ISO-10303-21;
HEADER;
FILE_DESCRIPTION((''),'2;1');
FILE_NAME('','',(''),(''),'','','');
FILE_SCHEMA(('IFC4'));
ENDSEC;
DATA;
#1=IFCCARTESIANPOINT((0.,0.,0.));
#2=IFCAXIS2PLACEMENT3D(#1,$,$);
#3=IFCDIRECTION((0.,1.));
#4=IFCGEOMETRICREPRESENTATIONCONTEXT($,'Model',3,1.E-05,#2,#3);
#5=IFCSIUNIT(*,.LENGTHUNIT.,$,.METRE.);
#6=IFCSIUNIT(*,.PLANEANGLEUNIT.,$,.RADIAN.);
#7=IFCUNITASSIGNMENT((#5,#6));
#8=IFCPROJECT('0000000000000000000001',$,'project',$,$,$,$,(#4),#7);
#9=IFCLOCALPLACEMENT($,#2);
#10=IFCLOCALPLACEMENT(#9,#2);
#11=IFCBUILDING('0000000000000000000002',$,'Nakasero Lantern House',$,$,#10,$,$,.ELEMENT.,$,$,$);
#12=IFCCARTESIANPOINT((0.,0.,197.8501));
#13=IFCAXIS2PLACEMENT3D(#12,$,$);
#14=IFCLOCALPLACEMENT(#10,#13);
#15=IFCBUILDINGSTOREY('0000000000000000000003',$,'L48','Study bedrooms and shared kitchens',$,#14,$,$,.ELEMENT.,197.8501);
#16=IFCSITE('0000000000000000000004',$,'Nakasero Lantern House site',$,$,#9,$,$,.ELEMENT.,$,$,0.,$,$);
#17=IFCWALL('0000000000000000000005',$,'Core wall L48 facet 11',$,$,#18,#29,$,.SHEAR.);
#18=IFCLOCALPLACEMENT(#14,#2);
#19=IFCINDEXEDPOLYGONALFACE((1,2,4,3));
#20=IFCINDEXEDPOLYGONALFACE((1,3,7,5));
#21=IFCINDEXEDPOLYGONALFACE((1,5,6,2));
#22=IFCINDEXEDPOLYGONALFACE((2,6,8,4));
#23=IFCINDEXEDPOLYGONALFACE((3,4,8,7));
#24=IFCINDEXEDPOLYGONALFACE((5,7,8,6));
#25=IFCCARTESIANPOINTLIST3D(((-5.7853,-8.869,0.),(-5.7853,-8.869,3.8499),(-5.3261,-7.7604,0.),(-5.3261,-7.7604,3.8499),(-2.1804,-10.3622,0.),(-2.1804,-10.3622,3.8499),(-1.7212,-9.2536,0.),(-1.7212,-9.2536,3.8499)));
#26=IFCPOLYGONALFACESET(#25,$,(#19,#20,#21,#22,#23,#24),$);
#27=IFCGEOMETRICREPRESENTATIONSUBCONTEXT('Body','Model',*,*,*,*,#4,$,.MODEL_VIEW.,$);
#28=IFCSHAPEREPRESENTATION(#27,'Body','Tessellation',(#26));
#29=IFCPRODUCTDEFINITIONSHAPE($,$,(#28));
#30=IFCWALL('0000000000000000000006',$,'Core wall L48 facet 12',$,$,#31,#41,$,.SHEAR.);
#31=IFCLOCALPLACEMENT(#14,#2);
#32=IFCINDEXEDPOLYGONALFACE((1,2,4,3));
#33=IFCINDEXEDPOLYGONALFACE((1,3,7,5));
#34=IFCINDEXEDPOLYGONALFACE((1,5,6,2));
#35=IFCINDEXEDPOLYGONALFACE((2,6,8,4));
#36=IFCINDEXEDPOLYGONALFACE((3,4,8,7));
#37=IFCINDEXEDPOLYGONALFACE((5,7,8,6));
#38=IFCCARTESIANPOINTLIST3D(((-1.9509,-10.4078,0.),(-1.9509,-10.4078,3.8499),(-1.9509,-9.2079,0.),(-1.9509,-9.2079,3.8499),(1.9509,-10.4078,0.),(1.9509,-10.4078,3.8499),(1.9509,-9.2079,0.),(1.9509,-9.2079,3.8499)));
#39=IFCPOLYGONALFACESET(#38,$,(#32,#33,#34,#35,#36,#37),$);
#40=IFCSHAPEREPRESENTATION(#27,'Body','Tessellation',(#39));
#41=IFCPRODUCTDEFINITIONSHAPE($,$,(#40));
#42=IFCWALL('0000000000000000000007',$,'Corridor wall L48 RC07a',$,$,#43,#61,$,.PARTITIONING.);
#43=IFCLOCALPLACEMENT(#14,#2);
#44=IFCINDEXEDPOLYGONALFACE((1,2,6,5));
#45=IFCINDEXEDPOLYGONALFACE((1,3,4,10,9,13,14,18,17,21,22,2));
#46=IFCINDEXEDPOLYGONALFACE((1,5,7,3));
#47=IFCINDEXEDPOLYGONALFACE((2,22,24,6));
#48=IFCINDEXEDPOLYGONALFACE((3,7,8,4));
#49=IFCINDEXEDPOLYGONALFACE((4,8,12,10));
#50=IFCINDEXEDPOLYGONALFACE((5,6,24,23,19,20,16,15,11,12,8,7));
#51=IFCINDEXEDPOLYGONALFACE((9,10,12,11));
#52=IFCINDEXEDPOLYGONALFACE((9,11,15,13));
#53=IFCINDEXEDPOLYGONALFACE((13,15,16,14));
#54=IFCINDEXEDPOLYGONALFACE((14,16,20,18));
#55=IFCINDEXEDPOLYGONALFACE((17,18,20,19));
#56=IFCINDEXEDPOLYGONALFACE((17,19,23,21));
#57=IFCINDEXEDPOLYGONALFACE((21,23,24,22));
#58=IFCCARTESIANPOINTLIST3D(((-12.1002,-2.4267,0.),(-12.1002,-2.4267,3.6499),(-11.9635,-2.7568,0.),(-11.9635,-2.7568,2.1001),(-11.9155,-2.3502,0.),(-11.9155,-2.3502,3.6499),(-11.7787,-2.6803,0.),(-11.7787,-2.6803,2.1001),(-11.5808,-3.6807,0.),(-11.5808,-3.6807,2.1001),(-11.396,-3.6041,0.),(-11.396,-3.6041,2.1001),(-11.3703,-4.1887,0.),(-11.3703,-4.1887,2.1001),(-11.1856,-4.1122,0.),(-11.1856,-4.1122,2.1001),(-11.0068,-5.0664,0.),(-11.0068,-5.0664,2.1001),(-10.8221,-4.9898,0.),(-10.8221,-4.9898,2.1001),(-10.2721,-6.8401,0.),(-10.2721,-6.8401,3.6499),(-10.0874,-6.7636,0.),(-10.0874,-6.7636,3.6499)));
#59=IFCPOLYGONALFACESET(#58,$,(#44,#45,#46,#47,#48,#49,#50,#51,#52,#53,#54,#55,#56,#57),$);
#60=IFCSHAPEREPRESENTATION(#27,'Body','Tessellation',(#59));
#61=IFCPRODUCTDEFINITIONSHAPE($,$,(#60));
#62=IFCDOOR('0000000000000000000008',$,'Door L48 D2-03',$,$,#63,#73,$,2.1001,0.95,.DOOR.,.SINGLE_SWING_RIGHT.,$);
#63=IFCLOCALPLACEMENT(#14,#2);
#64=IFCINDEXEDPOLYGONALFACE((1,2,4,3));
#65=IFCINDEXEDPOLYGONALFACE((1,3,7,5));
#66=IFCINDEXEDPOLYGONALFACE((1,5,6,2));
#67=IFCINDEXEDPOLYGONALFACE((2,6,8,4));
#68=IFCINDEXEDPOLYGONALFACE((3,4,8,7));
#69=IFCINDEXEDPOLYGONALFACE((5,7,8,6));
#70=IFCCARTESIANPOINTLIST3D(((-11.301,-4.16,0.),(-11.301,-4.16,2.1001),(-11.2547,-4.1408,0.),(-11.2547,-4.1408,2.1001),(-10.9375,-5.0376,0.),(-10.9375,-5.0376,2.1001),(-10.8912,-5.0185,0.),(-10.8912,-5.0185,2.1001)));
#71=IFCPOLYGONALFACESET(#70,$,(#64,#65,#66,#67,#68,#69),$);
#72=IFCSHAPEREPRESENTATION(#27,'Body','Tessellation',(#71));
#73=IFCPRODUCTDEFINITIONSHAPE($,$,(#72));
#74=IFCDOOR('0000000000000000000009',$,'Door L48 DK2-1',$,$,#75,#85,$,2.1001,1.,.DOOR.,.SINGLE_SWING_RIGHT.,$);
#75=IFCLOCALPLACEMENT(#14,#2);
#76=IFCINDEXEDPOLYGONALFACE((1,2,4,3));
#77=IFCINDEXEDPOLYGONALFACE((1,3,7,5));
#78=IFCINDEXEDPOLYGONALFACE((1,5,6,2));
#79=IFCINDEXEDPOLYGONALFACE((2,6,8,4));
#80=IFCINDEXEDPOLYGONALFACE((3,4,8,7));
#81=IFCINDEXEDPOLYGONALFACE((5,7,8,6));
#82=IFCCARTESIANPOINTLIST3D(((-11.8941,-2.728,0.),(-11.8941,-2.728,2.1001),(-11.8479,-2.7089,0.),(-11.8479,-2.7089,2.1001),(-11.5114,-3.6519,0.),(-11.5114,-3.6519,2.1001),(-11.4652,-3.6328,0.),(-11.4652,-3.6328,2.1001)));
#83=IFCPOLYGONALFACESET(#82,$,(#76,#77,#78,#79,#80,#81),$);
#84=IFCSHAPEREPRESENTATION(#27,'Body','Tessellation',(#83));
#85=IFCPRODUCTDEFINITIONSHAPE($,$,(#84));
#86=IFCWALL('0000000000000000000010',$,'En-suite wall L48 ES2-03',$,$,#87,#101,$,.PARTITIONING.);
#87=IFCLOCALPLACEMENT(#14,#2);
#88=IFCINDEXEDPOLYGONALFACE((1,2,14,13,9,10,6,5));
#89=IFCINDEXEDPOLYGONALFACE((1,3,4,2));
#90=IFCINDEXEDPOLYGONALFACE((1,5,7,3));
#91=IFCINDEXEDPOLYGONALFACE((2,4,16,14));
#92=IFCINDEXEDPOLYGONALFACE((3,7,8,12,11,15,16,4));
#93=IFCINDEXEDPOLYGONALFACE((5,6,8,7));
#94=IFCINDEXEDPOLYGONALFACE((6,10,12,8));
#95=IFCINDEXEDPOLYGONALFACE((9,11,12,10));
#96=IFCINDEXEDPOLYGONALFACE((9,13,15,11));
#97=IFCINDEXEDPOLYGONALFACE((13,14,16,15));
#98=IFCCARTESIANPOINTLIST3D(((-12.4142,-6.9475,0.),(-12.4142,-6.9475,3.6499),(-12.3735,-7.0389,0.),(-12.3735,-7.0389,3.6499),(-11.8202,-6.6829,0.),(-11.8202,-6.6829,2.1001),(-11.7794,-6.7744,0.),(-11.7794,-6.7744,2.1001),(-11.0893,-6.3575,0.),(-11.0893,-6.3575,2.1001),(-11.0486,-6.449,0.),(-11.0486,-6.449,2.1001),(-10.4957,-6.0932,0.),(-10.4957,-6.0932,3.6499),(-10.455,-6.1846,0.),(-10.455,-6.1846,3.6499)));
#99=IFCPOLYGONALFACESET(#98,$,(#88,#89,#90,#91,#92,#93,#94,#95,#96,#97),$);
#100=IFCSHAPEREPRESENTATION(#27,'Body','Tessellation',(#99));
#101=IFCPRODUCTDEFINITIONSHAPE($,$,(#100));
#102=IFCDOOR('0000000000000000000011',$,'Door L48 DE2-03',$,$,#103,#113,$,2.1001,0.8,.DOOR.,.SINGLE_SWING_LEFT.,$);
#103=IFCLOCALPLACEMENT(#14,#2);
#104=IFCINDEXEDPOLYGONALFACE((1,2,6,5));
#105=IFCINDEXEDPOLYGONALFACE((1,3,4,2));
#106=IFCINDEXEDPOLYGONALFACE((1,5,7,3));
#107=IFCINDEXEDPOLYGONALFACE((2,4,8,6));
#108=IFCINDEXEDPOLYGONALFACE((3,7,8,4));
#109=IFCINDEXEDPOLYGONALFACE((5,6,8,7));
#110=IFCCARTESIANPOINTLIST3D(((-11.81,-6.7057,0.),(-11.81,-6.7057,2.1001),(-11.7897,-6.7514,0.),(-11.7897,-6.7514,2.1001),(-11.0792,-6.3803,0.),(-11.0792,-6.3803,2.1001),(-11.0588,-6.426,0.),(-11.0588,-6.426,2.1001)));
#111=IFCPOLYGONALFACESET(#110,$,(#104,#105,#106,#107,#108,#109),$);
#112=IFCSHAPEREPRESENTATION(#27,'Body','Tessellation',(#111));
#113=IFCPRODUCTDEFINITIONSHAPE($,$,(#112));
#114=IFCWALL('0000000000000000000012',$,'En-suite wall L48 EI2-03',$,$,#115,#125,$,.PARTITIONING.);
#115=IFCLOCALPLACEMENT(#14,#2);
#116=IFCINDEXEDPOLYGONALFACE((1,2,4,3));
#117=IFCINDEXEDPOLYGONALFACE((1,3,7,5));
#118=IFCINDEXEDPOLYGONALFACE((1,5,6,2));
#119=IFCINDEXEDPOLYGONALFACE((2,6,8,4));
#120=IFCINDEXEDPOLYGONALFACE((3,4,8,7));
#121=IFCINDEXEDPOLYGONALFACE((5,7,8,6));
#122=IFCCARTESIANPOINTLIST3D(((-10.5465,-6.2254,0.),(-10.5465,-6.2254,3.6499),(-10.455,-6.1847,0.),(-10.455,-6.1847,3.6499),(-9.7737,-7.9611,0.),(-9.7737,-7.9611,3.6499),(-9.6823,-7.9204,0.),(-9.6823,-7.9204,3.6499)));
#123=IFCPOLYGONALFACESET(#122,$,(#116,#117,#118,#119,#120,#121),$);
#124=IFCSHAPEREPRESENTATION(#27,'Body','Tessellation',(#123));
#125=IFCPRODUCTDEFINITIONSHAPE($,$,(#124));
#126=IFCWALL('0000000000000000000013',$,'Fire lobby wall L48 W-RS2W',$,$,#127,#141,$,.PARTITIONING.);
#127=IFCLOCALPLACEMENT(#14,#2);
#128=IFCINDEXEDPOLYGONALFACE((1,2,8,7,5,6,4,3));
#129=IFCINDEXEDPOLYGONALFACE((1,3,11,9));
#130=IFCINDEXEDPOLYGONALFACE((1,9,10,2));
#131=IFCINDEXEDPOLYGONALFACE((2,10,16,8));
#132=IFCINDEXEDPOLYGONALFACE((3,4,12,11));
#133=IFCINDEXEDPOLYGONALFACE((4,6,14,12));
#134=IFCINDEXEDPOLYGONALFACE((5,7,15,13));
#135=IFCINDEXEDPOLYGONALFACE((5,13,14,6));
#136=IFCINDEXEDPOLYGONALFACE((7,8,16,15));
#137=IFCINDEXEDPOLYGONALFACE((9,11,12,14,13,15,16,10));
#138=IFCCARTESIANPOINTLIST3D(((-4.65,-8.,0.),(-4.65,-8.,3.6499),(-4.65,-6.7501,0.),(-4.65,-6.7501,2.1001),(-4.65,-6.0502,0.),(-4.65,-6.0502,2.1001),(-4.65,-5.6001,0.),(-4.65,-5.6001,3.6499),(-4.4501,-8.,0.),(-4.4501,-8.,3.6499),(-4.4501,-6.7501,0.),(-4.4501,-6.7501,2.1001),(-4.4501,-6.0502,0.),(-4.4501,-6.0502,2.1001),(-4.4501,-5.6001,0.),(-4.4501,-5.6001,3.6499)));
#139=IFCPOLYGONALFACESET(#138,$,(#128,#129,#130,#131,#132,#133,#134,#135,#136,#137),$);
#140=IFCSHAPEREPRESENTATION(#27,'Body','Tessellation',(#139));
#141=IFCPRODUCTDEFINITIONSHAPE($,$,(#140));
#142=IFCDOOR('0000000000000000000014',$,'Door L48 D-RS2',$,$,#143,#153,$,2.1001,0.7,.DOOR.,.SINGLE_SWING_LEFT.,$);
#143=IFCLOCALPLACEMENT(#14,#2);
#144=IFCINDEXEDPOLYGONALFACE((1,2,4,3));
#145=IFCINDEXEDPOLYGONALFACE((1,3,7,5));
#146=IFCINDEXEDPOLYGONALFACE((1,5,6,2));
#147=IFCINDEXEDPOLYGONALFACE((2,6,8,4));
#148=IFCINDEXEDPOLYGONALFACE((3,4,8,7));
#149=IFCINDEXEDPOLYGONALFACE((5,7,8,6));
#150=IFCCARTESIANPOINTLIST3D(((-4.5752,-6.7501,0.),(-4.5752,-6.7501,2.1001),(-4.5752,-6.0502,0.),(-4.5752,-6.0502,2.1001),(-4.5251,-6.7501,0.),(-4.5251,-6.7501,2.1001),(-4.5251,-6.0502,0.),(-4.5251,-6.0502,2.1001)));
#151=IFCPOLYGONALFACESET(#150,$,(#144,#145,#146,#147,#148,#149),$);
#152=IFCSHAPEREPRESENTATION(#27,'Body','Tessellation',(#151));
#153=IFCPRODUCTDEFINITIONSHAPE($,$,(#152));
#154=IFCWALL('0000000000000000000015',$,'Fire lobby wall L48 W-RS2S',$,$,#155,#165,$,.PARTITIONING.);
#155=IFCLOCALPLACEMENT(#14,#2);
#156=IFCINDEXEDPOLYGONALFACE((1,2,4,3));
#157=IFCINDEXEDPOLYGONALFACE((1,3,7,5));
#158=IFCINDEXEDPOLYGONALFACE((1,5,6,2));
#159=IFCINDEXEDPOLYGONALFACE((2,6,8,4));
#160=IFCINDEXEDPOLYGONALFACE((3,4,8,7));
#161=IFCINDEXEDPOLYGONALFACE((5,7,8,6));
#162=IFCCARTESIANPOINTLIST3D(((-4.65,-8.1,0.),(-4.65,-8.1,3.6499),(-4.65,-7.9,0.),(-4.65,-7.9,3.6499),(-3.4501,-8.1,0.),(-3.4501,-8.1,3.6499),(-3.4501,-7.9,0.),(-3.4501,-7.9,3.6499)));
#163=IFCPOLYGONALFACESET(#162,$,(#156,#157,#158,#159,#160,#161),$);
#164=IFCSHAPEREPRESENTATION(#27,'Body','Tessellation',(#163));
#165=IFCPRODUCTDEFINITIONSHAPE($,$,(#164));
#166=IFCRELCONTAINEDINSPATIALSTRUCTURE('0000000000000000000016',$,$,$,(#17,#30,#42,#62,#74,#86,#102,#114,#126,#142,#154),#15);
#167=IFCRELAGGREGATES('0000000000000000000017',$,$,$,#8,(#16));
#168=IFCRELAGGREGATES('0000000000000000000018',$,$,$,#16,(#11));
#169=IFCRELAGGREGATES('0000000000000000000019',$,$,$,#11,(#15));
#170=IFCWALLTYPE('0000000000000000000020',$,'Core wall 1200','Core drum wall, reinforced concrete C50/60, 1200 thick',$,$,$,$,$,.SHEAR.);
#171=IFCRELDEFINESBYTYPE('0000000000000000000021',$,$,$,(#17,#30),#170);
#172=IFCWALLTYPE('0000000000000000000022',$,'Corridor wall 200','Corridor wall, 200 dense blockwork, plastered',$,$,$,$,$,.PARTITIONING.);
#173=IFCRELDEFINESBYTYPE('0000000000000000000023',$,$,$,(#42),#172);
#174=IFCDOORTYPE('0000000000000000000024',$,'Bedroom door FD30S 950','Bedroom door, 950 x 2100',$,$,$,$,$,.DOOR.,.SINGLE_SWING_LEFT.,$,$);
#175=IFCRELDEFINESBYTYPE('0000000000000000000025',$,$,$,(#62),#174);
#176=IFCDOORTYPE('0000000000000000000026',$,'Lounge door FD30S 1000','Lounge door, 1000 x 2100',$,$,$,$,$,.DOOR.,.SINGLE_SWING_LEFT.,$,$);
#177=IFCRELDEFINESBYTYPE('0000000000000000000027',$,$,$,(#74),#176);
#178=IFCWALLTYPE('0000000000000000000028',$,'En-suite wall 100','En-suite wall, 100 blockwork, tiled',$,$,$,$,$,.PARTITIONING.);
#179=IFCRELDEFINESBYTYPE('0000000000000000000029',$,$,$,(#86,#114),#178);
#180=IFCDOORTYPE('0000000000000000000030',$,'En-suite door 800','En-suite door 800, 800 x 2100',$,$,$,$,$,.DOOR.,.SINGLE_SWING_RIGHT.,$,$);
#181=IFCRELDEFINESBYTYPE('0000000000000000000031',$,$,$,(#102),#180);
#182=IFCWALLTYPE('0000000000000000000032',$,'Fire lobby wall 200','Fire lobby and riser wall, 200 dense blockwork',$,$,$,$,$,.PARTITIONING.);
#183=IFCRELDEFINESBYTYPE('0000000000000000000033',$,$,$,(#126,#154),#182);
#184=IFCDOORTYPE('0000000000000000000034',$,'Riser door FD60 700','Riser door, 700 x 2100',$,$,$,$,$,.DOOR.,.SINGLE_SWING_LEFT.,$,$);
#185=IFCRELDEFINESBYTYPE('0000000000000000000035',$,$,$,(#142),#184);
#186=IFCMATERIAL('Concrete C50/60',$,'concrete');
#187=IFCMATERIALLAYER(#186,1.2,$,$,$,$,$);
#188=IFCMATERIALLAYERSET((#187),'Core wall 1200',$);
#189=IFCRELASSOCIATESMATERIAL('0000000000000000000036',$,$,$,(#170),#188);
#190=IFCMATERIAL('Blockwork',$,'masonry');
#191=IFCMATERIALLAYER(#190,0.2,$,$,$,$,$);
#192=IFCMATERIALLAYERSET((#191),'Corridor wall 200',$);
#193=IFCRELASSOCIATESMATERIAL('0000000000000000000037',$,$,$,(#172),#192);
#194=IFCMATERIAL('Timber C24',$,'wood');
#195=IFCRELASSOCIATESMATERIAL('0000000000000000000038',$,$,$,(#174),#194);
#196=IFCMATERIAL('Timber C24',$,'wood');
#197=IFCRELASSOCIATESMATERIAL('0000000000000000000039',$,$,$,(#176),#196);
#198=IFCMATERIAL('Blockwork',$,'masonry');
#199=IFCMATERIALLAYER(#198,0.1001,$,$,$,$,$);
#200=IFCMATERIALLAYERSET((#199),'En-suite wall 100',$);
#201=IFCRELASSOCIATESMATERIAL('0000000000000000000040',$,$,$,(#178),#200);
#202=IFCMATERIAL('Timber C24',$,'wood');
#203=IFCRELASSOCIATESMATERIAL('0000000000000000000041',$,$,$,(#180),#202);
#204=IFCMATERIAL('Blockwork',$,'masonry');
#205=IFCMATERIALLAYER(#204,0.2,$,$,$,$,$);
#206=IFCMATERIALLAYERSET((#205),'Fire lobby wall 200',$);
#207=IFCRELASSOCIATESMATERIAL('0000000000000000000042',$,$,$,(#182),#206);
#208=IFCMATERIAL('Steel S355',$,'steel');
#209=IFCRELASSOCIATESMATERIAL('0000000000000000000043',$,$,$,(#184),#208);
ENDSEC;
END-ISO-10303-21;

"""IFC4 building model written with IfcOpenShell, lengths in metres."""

from ifc_helpers import new_model, si_unit, direction, frame, frame_2d, origin, place, context, subcontext, project, spatial, rectangle, extrude, material, layer, layer_set, type_object, element, fill, save


model = new_model("IFC4")

# Units and contexts
model_context = context("Model", 3, precision=1e-05, world=origin(), true_north=direction((0.0, 1.0)))
body_context = subcontext(model_context, "Body", "Model", "MODEL_VIEW")
ifc_project = project(units=[si_unit("LENGTHUNIT", "METRE"), si_unit("PLANEANGLEUNIT", "RADIAN")], contexts=[model_context])

# Site, building, storey
site_placement = place(None, origin())
site = spatial("IfcSite", under=ifc_project, at=site_placement, Name="Nakasero Lantern House site", CompositionType="ELEMENT", RefElevation=0.0)
building_placement = place(site_placement, origin())
building = spatial("IfcBuilding", under=site, at=building_placement, Name="Nakasero Lantern House", CompositionType="ELEMENT")
storey_placement = place(building_placement, frame((0.0, 0.0, 197.8501)))
storey = spatial("IfcBuildingStorey", under=building, at=storey_placement, Name="L48", Description="Study bedrooms and shared kitchens", CompositionType="ELEMENT", Elevation=197.8501)

# Walls
ifc_material_1 = material(Name="Concrete C50/60", Category="concrete")
ifc_layer_1 = layer(ifc_material_1, 1.2)
ifc_layer_set_1 = layer_set([ifc_layer_1], Name="Core wall 1200")
wall_type_1 = type_object("IfcWallType", Name="Core wall 1200", Description="Core drum wall, reinforced concrete C50/60, 1200 thick", PredefinedType="SHEAR", material=ifc_layer_set_1)
for number, where, z_axis, x_axis, name in (
    (1, (-5.5557, -8.3147, 0.0), (0.0, 0.0, 1.0), (0.923877, -0.382691, 0.0), "Core wall L48 facet 11"),
    (2, (-1.9509, -9.8079, 0.0), (0.0, 0.0, 1.0), (1.0, 0.0, 0.0), "Core wall L48 facet 12"),
):
    element("IfcWall", number, at=place(storey_placement, frame(where, z_axis=z_axis, x_axis=x_axis)), inside=storey, type_object=wall_type_1, Name=name, PredefinedType="SHEAR", context=body_context, shape_type="SweptSolid", body=[
        extrude(rectangle(XDim=3.9019, YDim=1.2, at=frame_2d((1.9509, 0.0))), origin(), (0.0, 0.0, 1.0), 3.8499),
    ])

# Wall, openings, doors
ifc_material_2 = material(Name="Blockwork", Category="masonry")
ifc_layer_2 = layer(ifc_material_2, 0.2)
ifc_layer_set_2 = layer_set([ifc_layer_2], Name="Corridor wall 200")
wall_type_2 = type_object("IfcWallType", Name="Corridor wall 200", Description="Corridor wall, 200 dense blockwork, plastered", PredefinedType="PARTITIONING", material=ifc_layer_set_2)
wall_1_placement = place(storey_placement, frame((-10.1797, -6.802, 0.0), z_axis=(0.0, 0.0, 1.0), x_axis=(-0.382677, 0.923882, 0.0)))
wall_1 = element("IfcWall", 3, at=wall_1_placement, inside=storey, type_object=wall_type_2, Name="Corridor wall L48 RC07a", PredefinedType="PARTITIONING", context=body_context, shape_type="SweptSolid", body=[
    extrude(rectangle(XDim=4.7771, YDim=0.2, at=frame_2d((2.3887, 0.0))), origin(), (0.0, 0.0, 1.0), 3.6499),
])
opening_1_placement = place(wall_1_placement, frame((1.9199, 0.0, 0.0)))
opening_1 = element("IfcOpeningElement", 4, at=opening_1_placement, cuts=wall_1, PredefinedType="OPENING", context=body_context, shape_type="SweptSolid", body=[
    extrude(rectangle(XDim=0.95, YDim=2.1001, at=frame_2d((0.4751, 1.05))), frame((0.0, 0.1199, 0.0), z_axis=(0.0, -1.0, 0.0), x_axis=(1.0, 0.0, 0.0)), (0.0, 0.0, 1.0), 0.24),
])
opening_2_placement = place(wall_1_placement, frame((3.4199, 0.0, 0.0)))
opening_2 = element("IfcOpeningElement", 5, at=opening_2_placement, cuts=wall_1, PredefinedType="OPENING", context=body_context, shape_type="SweptSolid", body=[
    extrude(rectangle(XDim=1.0, YDim=2.1001, at=frame_2d((0.5, 1.05))), frame((0.0, 0.1199, 0.0), z_axis=(0.0, -1.0, 0.0), x_axis=(1.0, 0.0, 0.0)), (0.0, 0.0, 1.0), 0.24),
])
ifc_material_3 = material(Name="Timber C24", Category="wood")
door_type_1 = type_object("IfcDoorType", Name="Bedroom door FD30S 950", Description="Bedroom door, 950 x 2100", OperationType="SINGLE_SWING_LEFT", PredefinedType="DOOR", material=ifc_material_3)
door_1_placement = place(opening_1_placement, origin())
door_1 = element("IfcDoor", 6, at=door_1_placement, inside=storey, type_object=door_type_1, Name="Door L48 D2-03", OperationType="SINGLE_SWING_RIGHT", OverallHeight=2.1001, OverallWidth=0.95, PredefinedType="DOOR", context=body_context, shape_type="SweptSolid", body=[
    extrude(rectangle(XDim=0.95, YDim=2.1001, at=frame_2d((0.4751, 1.05))), frame((0.0, 0.0249, 0.0), z_axis=(0.0, -1.0, 0.0), x_axis=(1.0, 0.0, 0.0)), (0.0, 0.0, 1.0), 0.05),
])
fill(opening_1, door_1)
ifc_material_4 = material(Name="Timber C24", Category="wood")
door_type_2 = type_object("IfcDoorType", Name="Lounge door FD30S 1000", Description="Lounge door, 1000 x 2100", OperationType="SINGLE_SWING_LEFT", PredefinedType="DOOR", material=ifc_material_4)
door_2_placement = place(opening_2_placement, origin())
door_2 = element("IfcDoor", 7, at=door_2_placement, inside=storey, type_object=door_type_2, Name="Door L48 DK2-1", OperationType="SINGLE_SWING_RIGHT", OverallHeight=2.1001, OverallWidth=1.0, PredefinedType="DOOR", context=body_context, shape_type="SweptSolid", body=[
    extrude(rectangle(XDim=1.0, YDim=2.1001, at=frame_2d((0.5, 1.05))), frame((0.0, 0.0249, 0.0), z_axis=(0.0, -1.0, 0.0), x_axis=(1.0, 0.0, 0.0)), (0.0, 0.0, 1.0), 0.05),
])
fill(opening_2, door_2)

# Wall, opening, door
ifc_material_5 = material(Name="Blockwork", Category="masonry")
ifc_layer_3 = layer(ifc_material_5, 0.1001)
ifc_layer_set_3 = layer_set([ifc_layer_3], Name="En-suite wall 100")
wall_type_3 = type_object("IfcWallType", Name="En-suite wall 100", Description="En-suite wall, 100 blockwork, tiled", PredefinedType="PARTITIONING", material=ifc_layer_set_3)
wall_2_placement = place(storey_placement, frame((-10.4753, -6.1389, 0.0), z_axis=(0.0, 0.0, 1.0), x_axis=(-0.913528, -0.406775, 0.0)))
wall_2 = element("IfcWall", 8, at=wall_2_placement, inside=storey, type_object=wall_type_3, Name="En-suite wall L48 ES2-03", PredefinedType="PARTITIONING", context=body_context, shape_type="SweptSolid", body=[
    extrude(rectangle(XDim=2.1001, YDim=0.1001, at=frame_2d((1.05, 0.0))), origin(), (0.0, 0.0, 1.0), 3.6499),
])
opening_3_placement = place(wall_2_placement, frame((0.6499, 0.0, 0.0)))
opening_3 = element("IfcOpeningElement", 9, at=opening_3_placement, cuts=wall_2, PredefinedType="OPENING", context=body_context, shape_type="SweptSolid", body=[
    extrude(rectangle(XDim=0.8, YDim=2.1001, at=frame_2d((0.3999, 1.05))), frame((0.0, 0.0701, 0.0), z_axis=(0.0, -1.0, 0.0), x_axis=(1.0, 0.0, 0.0)), (0.0, 0.0, 1.0), 0.1401),
])
ifc_material_6 = material(Name="Timber C24", Category="wood")
door_type_3 = type_object("IfcDoorType", Name="En-suite door 800", Description="En-suite door 800, 800 x 2100", OperationType="SINGLE_SWING_RIGHT", PredefinedType="DOOR", material=ifc_material_6)
door_3_placement = place(opening_3_placement, origin())
door_3 = element("IfcDoor", 10, at=door_3_placement, inside=storey, type_object=door_type_3, Name="Door L48 DE2-03", OperationType="SINGLE_SWING_LEFT", OverallHeight=2.1001, OverallWidth=0.8, PredefinedType="DOOR", context=body_context, shape_type="SweptSolid", body=[
    extrude(rectangle(XDim=0.8, YDim=2.1001, at=frame_2d((0.3999, 1.05))), frame((0.0, 0.0249, 0.0), z_axis=(0.0, -1.0, 0.0), x_axis=(1.0, 0.0, 0.0)), (0.0, 0.0, 1.0), 0.05),
])
fill(opening_3, door_3)

# Wall
wall_3_placement = place(storey_placement, frame((-10.5007, -6.2051, 0.0), z_axis=(0.0, 0.0, 1.0), x_axis=(0.406723, -0.913552, 0.0)))
element("IfcWall", 11, at=wall_3_placement, inside=storey, type_object=wall_type_3, Name="En-suite wall L48 EI2-03", PredefinedType="PARTITIONING", context=body_context, shape_type="SweptSolid", body=[
    extrude(rectangle(XDim=1.8999, YDim=0.1001, at=frame_2d((0.95, 0.0))), origin(), (0.0, 0.0, 1.0), 3.6499),
])

# Wall, opening, door
ifc_material_7 = material(Name="Blockwork", Category="masonry")
ifc_layer_4 = layer(ifc_material_7, 0.2)
ifc_layer_set_4 = layer_set([ifc_layer_4], Name="Fire lobby wall 200")
wall_type_4 = type_object("IfcWallType", Name="Fire lobby wall 200", Description="Fire lobby and riser wall, 200 dense blockwork", PredefinedType="PARTITIONING", material=ifc_layer_set_4)
wall_4_placement = place(storey_placement, frame((-4.55, -5.6001, 0.0), z_axis=(0.0, 0.0, 1.0), x_axis=(0.0, -1.0, 0.0)))
wall_4 = element("IfcWall", 12, at=wall_4_placement, inside=storey, type_object=wall_type_4, Name="Fire lobby wall L48 W-RS2W", PredefinedType="PARTITIONING", context=body_context, shape_type="SweptSolid", body=[
    extrude(rectangle(XDim=2.3999, YDim=0.2, at=frame_2d((1.2, 0.0))), origin(), (0.0, 0.0, 1.0), 3.6499),
])
opening_4_placement = place(wall_4_placement, frame((0.45, 0.0, 0.0)))
opening_4 = element("IfcOpeningElement", 13, at=opening_4_placement, cuts=wall_4, PredefinedType="OPENING", context=body_context, shape_type="SweptSolid", body=[
    extrude(rectangle(XDim=0.7, YDim=2.1001, at=frame_2d((0.3501, 1.05))), frame((0.0, 0.1199, 0.0), z_axis=(0.0, -1.0, 0.0), x_axis=(1.0, 0.0, 0.0)), (0.0, 0.0, 1.0), 0.24),
])
ifc_material_8 = material(Name="Steel S355", Category="steel")
door_type_4 = type_object("IfcDoorType", Name="Riser door FD60 700", Description="Riser door, 700 x 2100", OperationType="SINGLE_SWING_LEFT", PredefinedType="DOOR", material=ifc_material_8)
door_4_placement = place(opening_4_placement, origin())
door_4 = element("IfcDoor", 14, at=door_4_placement, inside=storey, type_object=door_type_4, Name="Door L48 D-RS2", OperationType="SINGLE_SWING_LEFT", OverallHeight=2.1001, OverallWidth=0.7, PredefinedType="DOOR", context=body_context, shape_type="SweptSolid", body=[
    extrude(rectangle(XDim=0.7, YDim=2.1001, at=frame_2d((0.3501, 1.05))), frame((0.0, 0.0249, 0.0), z_axis=(0.0, -1.0, 0.0), x_axis=(1.0, 0.0, 0.0)), (0.0, 0.0, 1.0), 0.05),
])
fill(opening_4, door_4)

# Wall
wall_5_placement = place(storey_placement, frame((-3.45, -8.0, 0.0), z_axis=(0.0, 0.0, 1.0), x_axis=(-1.0, 0.0, 0.0)))
element("IfcWall", 15, at=wall_5_placement, inside=storey, type_object=wall_type_4, Name="Fire lobby wall L48 W-RS2S", PredefinedType="PARTITIONING", context=body_context, shape_type="SweptSolid", body=[
    extrude(rectangle(XDim=1.2, YDim=0.2, at=frame_2d((0.6001, 0.0))), origin(), (0.0, 0.0, 1.0), 3.6499),
])

save(model, "model.ifc")
